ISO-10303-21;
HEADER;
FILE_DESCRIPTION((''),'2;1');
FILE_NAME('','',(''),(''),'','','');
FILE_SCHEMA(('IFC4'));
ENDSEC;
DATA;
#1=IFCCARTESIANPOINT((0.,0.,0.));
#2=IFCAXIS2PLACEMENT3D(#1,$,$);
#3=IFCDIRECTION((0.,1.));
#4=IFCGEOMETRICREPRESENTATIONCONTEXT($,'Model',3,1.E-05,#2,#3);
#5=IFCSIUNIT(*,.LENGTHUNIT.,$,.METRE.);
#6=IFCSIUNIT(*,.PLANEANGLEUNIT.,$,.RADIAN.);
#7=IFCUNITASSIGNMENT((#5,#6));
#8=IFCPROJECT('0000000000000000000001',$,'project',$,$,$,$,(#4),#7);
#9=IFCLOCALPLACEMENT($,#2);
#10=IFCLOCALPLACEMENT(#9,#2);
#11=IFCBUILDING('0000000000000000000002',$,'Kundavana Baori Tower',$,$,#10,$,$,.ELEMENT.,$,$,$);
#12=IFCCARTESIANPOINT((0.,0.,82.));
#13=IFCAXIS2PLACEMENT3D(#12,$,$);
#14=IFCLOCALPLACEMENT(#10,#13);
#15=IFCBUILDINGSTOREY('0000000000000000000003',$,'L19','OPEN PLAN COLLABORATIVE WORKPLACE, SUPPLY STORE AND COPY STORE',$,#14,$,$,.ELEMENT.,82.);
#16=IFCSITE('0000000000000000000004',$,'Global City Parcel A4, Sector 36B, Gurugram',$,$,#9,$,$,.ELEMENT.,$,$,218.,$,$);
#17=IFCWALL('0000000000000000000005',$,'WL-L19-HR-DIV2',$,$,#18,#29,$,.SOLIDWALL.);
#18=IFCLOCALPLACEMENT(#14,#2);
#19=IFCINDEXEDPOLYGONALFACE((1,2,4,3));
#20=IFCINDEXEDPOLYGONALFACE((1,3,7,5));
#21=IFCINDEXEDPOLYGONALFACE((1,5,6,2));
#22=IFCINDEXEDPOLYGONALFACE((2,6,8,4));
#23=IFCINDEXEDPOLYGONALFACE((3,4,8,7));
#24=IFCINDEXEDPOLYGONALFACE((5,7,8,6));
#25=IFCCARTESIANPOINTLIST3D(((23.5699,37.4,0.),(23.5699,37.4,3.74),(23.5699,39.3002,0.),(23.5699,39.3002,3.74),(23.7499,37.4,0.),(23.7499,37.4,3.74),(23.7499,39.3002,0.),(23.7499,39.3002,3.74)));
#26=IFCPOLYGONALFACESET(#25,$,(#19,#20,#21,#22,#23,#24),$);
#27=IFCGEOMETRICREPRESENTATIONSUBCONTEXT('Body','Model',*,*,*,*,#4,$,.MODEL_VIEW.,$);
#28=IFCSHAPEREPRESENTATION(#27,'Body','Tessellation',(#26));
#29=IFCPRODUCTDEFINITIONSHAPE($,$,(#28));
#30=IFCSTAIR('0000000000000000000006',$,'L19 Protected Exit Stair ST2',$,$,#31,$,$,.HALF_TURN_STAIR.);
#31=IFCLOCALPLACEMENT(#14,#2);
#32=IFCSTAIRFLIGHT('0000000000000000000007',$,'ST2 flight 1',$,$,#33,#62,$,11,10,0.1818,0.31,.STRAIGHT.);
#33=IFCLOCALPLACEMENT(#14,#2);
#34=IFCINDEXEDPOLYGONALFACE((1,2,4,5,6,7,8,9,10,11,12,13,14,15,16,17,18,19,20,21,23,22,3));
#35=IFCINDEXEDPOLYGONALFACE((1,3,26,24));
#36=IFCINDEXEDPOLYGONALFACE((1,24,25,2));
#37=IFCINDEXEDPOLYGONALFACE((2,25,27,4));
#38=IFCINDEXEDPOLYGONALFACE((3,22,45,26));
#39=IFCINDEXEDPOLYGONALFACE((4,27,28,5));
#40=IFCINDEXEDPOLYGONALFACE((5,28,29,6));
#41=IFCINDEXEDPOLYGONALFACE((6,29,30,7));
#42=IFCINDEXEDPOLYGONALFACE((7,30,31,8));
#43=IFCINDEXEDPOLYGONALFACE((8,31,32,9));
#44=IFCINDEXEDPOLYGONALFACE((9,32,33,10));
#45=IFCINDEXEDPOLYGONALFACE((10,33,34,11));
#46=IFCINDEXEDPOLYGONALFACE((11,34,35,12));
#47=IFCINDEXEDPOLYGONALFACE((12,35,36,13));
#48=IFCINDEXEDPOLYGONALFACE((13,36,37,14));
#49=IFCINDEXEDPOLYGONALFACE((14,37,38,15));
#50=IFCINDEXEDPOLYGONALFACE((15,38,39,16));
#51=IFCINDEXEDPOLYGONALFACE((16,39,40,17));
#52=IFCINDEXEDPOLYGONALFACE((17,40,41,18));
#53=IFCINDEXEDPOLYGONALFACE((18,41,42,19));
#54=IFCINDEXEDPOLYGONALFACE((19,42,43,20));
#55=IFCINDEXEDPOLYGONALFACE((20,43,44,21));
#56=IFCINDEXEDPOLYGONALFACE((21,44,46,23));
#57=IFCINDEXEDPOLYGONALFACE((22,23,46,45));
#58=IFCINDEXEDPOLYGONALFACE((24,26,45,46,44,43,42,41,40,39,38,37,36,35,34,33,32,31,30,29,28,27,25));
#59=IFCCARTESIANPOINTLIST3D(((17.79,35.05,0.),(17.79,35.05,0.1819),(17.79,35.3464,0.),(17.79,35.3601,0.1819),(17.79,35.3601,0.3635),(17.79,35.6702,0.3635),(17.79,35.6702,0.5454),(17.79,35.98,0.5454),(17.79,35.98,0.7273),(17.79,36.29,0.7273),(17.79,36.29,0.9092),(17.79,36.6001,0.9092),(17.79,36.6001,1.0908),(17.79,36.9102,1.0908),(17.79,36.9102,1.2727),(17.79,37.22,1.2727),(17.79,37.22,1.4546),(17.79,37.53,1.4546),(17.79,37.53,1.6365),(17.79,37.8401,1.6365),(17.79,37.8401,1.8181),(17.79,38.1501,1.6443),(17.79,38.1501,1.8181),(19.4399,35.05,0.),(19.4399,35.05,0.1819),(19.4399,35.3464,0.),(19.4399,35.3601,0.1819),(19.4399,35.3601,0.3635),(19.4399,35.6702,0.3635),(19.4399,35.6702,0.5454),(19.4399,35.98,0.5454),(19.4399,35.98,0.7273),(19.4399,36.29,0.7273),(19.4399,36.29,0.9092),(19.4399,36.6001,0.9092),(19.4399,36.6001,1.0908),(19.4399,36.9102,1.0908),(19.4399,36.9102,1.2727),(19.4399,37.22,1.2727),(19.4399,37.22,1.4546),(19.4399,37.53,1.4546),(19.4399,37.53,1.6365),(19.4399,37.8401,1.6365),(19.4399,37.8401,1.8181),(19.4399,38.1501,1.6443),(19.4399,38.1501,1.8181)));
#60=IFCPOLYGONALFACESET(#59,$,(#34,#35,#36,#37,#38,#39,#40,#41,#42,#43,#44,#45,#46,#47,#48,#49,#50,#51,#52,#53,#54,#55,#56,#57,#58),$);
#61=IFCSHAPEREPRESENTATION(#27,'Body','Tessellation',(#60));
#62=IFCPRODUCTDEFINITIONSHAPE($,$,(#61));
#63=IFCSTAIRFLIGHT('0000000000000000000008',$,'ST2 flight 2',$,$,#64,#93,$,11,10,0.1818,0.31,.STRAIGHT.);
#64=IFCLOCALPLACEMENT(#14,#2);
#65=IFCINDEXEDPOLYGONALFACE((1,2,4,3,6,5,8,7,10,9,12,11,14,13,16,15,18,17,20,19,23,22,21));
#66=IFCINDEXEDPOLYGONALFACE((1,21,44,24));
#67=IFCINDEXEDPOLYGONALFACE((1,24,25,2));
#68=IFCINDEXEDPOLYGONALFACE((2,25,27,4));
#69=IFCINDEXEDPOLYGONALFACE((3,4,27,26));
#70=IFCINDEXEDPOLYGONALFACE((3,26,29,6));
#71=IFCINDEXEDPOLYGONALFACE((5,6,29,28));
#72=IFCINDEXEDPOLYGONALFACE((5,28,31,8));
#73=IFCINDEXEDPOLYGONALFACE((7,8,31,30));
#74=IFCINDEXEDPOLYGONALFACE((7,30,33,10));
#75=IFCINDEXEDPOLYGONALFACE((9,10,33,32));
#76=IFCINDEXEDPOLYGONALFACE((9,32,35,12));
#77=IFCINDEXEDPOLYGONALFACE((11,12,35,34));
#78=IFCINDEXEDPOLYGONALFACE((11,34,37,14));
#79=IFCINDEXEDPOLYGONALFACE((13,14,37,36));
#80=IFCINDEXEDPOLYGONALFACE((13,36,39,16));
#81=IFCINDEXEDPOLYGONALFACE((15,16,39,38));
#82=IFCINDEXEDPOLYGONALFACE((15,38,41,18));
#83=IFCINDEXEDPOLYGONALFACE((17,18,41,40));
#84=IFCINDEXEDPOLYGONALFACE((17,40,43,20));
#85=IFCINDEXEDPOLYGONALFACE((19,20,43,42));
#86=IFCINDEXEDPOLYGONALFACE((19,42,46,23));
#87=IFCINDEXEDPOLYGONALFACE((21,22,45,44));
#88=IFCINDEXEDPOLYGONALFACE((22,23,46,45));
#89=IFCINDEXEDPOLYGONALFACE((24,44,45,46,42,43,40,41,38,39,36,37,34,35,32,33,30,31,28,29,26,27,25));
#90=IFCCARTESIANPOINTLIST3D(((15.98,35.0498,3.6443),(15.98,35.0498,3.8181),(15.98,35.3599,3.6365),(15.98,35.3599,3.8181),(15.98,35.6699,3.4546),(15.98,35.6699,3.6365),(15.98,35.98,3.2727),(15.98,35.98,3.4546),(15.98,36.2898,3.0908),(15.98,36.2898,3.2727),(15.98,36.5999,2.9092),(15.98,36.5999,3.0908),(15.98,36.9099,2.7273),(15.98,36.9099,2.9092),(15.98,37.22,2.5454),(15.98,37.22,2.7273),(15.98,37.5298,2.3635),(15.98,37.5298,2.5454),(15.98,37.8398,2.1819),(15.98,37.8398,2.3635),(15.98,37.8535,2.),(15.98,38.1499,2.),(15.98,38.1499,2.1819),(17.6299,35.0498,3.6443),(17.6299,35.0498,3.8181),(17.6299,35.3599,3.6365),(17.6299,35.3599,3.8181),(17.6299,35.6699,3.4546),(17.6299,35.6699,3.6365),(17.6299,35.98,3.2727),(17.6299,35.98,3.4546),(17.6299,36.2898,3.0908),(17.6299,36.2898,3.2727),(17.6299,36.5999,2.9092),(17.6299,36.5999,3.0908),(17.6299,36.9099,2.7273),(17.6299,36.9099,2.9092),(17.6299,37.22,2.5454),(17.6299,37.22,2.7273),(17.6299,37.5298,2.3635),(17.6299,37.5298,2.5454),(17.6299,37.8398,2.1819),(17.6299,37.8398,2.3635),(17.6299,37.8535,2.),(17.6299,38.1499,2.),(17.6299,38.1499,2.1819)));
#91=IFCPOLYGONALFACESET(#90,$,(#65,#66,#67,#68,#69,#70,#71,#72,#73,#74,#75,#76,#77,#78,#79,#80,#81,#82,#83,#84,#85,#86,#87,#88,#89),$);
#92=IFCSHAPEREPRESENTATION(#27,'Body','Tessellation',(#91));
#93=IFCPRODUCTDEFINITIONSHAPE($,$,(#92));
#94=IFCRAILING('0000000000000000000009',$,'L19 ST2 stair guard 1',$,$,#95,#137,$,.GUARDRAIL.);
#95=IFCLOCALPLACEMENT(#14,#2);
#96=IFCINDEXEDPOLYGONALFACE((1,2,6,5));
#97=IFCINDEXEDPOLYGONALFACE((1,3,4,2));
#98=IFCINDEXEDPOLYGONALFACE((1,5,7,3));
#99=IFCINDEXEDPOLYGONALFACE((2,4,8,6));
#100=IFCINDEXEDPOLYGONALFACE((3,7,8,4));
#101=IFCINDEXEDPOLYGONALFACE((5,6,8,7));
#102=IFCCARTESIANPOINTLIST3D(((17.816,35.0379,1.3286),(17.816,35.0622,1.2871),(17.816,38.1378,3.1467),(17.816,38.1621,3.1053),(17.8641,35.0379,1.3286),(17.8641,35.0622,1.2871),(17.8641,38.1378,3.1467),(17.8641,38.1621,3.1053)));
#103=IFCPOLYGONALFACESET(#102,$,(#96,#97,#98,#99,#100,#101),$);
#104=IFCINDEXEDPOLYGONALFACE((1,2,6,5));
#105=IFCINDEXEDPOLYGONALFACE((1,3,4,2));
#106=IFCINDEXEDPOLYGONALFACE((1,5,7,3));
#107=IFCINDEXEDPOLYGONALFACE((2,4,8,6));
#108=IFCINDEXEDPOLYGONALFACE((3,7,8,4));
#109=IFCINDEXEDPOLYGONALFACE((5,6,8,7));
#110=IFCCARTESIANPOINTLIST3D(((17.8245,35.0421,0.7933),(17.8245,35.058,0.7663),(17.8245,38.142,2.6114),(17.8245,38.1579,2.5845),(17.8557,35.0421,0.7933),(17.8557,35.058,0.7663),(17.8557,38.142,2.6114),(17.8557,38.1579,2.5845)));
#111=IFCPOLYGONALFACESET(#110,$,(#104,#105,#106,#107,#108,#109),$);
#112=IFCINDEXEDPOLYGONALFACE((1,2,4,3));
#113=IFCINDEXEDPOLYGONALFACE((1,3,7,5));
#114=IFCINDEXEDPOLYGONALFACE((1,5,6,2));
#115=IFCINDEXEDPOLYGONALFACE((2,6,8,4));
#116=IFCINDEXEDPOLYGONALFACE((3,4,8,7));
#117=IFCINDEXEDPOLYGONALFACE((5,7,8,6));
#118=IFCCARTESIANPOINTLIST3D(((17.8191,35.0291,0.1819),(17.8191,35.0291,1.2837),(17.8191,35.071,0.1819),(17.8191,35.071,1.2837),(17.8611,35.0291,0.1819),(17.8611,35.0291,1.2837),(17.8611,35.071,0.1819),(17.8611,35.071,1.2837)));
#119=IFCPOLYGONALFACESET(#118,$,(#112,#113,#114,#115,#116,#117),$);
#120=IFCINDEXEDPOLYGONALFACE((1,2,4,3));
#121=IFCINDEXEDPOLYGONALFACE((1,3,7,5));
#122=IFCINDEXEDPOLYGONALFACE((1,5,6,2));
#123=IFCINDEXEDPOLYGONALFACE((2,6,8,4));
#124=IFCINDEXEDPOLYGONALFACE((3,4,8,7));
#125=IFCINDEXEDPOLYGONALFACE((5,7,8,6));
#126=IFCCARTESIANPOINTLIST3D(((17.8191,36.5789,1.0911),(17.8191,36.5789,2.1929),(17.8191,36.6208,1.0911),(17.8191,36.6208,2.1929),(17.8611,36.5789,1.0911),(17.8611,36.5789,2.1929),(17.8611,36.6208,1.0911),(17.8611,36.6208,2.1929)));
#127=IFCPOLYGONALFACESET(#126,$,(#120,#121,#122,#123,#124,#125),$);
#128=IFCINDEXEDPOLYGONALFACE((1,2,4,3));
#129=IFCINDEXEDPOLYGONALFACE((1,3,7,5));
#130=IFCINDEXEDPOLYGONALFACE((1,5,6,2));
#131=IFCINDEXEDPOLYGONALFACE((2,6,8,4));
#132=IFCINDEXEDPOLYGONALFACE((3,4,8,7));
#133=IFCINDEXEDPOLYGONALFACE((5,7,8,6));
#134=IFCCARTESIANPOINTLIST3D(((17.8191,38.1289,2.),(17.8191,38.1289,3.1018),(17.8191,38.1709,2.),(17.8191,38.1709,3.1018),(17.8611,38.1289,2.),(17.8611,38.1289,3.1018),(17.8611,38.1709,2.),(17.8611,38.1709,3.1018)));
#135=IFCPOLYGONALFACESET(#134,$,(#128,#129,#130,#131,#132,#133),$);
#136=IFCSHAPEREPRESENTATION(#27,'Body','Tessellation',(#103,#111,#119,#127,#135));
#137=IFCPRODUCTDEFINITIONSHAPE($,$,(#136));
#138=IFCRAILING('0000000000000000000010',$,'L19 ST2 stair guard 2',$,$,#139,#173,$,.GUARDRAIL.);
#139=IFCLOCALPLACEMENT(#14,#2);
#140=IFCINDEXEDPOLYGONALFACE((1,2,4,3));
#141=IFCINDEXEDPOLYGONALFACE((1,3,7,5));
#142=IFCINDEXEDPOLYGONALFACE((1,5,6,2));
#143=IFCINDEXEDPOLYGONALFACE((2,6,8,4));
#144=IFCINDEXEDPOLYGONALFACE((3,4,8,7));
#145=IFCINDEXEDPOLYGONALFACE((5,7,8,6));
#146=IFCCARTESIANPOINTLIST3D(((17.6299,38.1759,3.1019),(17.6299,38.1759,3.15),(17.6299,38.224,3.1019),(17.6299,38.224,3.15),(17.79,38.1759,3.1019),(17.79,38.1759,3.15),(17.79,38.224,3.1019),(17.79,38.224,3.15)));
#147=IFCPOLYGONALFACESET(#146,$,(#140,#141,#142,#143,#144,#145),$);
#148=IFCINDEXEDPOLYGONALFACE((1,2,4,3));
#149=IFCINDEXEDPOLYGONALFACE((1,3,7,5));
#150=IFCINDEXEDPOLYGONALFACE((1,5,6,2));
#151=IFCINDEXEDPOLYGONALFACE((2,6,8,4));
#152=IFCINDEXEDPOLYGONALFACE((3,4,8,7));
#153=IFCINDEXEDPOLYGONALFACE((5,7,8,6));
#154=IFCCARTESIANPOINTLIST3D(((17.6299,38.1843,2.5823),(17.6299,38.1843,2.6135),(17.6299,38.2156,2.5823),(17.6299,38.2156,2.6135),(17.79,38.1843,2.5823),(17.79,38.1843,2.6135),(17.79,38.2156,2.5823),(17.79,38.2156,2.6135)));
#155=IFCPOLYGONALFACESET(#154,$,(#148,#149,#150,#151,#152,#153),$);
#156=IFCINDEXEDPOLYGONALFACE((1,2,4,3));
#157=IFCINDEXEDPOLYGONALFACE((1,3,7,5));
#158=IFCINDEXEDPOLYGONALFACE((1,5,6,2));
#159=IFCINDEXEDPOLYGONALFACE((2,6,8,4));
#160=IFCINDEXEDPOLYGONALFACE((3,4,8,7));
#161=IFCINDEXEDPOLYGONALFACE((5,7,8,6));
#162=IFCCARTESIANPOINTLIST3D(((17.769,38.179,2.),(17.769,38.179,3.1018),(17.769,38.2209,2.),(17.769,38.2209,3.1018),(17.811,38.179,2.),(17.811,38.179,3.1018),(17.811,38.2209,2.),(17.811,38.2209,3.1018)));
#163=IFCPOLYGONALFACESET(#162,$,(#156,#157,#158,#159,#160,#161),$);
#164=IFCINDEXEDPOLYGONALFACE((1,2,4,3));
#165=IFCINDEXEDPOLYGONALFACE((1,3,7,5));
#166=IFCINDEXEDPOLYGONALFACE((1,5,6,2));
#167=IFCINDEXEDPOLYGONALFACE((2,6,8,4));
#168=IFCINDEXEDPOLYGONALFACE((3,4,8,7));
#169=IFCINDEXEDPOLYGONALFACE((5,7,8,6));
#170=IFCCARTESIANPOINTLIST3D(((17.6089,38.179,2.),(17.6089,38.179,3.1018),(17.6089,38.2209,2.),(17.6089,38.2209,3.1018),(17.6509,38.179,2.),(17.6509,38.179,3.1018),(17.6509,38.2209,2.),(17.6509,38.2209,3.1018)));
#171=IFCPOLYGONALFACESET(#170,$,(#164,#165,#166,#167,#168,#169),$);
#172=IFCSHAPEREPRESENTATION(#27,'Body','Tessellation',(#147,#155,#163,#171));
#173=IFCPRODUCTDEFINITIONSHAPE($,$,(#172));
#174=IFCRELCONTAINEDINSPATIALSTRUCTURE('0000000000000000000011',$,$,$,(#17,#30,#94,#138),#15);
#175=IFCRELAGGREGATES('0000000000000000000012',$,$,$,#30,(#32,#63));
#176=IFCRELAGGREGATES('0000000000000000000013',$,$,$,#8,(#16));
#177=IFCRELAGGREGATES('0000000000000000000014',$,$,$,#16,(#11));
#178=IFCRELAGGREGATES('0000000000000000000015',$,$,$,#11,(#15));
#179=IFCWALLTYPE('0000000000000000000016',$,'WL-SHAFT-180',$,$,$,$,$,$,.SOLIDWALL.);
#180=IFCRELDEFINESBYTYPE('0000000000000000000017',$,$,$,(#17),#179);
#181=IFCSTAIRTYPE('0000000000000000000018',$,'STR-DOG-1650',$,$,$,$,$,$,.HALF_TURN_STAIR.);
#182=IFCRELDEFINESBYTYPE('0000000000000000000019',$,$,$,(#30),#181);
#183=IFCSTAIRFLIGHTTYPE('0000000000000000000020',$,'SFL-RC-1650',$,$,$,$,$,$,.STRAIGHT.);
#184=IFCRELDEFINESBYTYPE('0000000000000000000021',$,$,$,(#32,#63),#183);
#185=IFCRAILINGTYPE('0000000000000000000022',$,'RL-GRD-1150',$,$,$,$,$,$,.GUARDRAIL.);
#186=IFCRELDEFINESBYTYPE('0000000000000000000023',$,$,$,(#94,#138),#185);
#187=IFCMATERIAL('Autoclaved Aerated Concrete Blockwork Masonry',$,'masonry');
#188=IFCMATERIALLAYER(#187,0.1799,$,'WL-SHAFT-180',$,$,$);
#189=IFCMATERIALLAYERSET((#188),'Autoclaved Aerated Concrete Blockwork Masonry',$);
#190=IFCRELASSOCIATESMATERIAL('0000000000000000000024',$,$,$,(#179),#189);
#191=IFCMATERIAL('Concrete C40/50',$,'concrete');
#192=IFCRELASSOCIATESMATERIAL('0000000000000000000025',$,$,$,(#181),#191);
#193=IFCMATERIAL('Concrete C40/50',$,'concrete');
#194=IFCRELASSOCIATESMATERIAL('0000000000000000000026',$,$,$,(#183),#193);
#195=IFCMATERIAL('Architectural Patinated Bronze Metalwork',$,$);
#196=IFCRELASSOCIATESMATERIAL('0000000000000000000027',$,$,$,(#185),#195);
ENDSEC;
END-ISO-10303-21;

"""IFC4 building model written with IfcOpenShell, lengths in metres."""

from ifc_helpers import new_model, si_unit, direction, frame, frame_2d, origin, origin_2d, place, context, subcontext, project, spatial, polyline, rectangle, outline, extrude, material, layer, layer_set, type_object, element, aggregate, save


model = new_model("IFC4")

# Units and contexts
model_context = context("Model", 3, precision=1e-05, world=origin(), true_north=direction((0.0, 1.0)))
body_context = subcontext(model_context, "Body", "Model", "MODEL_VIEW")
ifc_project = project(units=[si_unit("LENGTHUNIT", "METRE"), si_unit("PLANEANGLEUNIT", "RADIAN")], contexts=[model_context])

# Site, building, storey
site_placement = place(None, origin())
site = spatial("IfcSite", under=ifc_project, at=site_placement, Name="Global City Parcel A4, Sector 36B, Gurugram", CompositionType="ELEMENT", RefElevation=218.0)
building_placement = place(site_placement, origin())
building = spatial("IfcBuilding", under=site, at=building_placement, Name="Kundavana Baori Tower", CompositionType="ELEMENT")
storey_placement = place(building_placement, frame((0.0, 0.0, 82.0)))
storey = spatial("IfcBuildingStorey", under=building, at=storey_placement, Name="L19", Description="OPEN PLAN COLLABORATIVE WORKPLACE, SUPPLY STORE AND COPY STORE", CompositionType="ELEMENT", Elevation=82.0)

# Shared definitions
ifc_material_1 = material(Name="Autoclaved Aerated Concrete Blockwork Masonry", Category="masonry")
ifc_layer_1 = layer(ifc_material_1, 0.1799, Name="WL-SHAFT-180")
ifc_layer_set_1 = layer_set([ifc_layer_1], Name="Autoclaved Aerated Concrete Blockwork Masonry")
wall_type_1 = type_object("IfcWallType", Name="WL-SHAFT-180", PredefinedType="SOLIDWALL", material=ifc_layer_set_1)

# Wall
wall_1_placement = place(storey_placement, frame((23.6599, 37.3999, 0.0), z_axis=(0.0, 0.0, 1.0), x_axis=(0.0, 1.0, 0.0)))
element("IfcWall", 1, at=wall_1_placement, inside=storey, type_object=wall_type_1, Name="WL-L19-HR-DIV2", PredefinedType="SOLIDWALL", context=body_context, shape_type="SweptSolid", body=[
    extrude(rectangle(XDim=1.9001, YDim=0.1799, at=frame_2d((0.9502, 0.0))), origin(), (0.0, 0.0, 1.0), 3.74),
])

# Stair, stair flights
ifc_material_2 = material(Name="Concrete C40/50", Category="concrete")
stair_type = type_object("IfcStairType", Name="STR-DOG-1650", PredefinedType="HALF_TURN_STAIR", material=ifc_material_2)
stair_placement = place(storey_placement, origin())
stair = element("IfcStair", 2, at=stair_placement, inside=storey, type_object=stair_type, Name="L19 Protected Exit Stair ST2", PredefinedType="HALF_TURN_STAIR")
ifc_material_3 = material(Name="Concrete C40/50", Category="concrete")
stair_flight_type = type_object("IfcStairFlightType", Name="SFL-RC-1650", PredefinedType="STRAIGHT", material=ifc_material_3)
stair_flight_1_placement = place(storey_placement, frame((18.615, 35.05, 0.0), z_axis=(0.0, 0.0, 1.0), x_axis=(0.0, 1.0, 0.0)))
stair_flight_1 = element("IfcStairFlight", 3, at=stair_flight_1_placement, type_object=stair_flight_type, Name="ST2 flight 1", NumberOfRisers=11, NumberOfTreads=10, PredefinedType="STRAIGHT", RiserHeight=0.1818, TreadLength=0.31, context=body_context, shape_type="SweptSolid", body=[
    extrude(outline(polyline([(0.0, 0.0), (0.0, 0.1819), (0.3101, 0.1819), (0.3101, 0.3635), (0.6201, 0.3635), (0.6201, 0.5454), (0.9299, 0.5454), (0.9299, 0.7273), (1.24, 0.7273), (1.24, 0.9092), (1.55, 0.9092), (1.55, 1.0908), (1.8601, 1.0908), (1.8601, 1.2727), (2.1699, 1.2727), (2.1699, 1.4546), (2.48, 1.4546), (2.48, 1.6365), (2.79, 1.6365), (2.79, 1.8181), (3.1001, 1.8181), (3.1001, 2.0), (3.1001, 1.6443), (0.2964, 0.0), (0.0, 0.0)])), frame((0.0, 0.825, 0.0), z_axis=(0.0, -1.0, 0.0), x_axis=(1.0, 0.0, 0.0)), (0.0, 0.0, 1.0), 1.6499),
])
stair_flight_2_placement = place(storey_placement, frame((16.8049, 38.1499, 2.0), z_axis=(0.0, 0.0, 1.0), x_axis=(0.0, -1.0, 0.0)))
stair_flight_2 = element("IfcStairFlight", 4, at=stair_flight_2_placement, type_object=stair_flight_type, Name="ST2 flight 2", NumberOfRisers=11, NumberOfTreads=10, PredefinedType="STRAIGHT", RiserHeight=0.1818, TreadLength=0.31, context=body_context, shape_type="SweptSolid", body=[
    extrude(outline(polyline([(0.0, 0.0), (0.0, 0.1819), (0.3101, 0.1819), (0.3101, 0.3635), (0.6201, 0.3635), (0.6201, 0.5454), (0.9299, 0.5454), (0.9299, 0.7273), (1.24, 0.7273), (1.24, 0.9092), (1.55, 0.9092), (1.55, 1.0908), (1.8601, 1.0908), (1.8601, 1.2727), (2.1699, 1.2727), (2.1699, 1.4546), (2.48, 1.4546), (2.48, 1.6365), (2.79, 1.6365), (2.79, 1.8181), (3.1001, 1.8181), (3.1001, 2.0), (3.1001, 1.6443), (0.2964, 0.0), (0.0, 0.0)])), frame((0.0, 0.825, 0.0), z_axis=(0.0, -1.0, 0.0), x_axis=(1.0, 0.0, 0.0)), (0.0, 0.0, 1.0), 1.6499),
])
aggregate(stair, [stair_flight_1, stair_flight_2])

# Railings
ifc_material_4 = material(Name="Architectural Patinated Bronze Metalwork")
railing_type_1 = type_object("IfcRailingType", Name="RL-GRD-1150", PredefinedType="GUARDRAIL", material=ifc_material_4)
railing_1_placement = place(storey_placement, frame((17.8401, 35.05, 0.1819)))
element("IfcRailing", 5, at=railing_1_placement, inside=storey, type_object=railing_type_1, Name="L19 ST2 stair guard 1", PredefinedType="GUARDRAIL", context=body_context, shape_type="SweptSolid", body=[
    extrude(rectangle(XDim=0.0481, YDim=0.0481, at=origin_2d()), frame((0.0, 0.0, 1.126), z_axis=(0.0, 0.862581, 0.505918), x_axis=(-1.0, 0.0, 0.0)), (0.0, 0.0, 1.0), 3.5938),
    extrude(rectangle(XDim=0.0312, YDim=0.0312, at=origin_2d()), frame((0.0, 0.0, 0.5979), z_axis=(0.0, 0.862581, 0.505918), x_axis=(-1.0, 0.0, 0.0)), (0.0, 0.0, 1.0), 3.5938),
    extrude(rectangle(XDim=0.042, YDim=0.042, at=origin_2d()), origin(), (0.0, 0.0, 1.0), 1.1018),
    extrude(rectangle(XDim=0.042, YDim=0.042, at=origin_2d()), frame((0.0, 1.5498, 0.9092)), (0.0, 0.0, 1.0), 1.1018),
    extrude(rectangle(XDim=0.042, YDim=0.042, at=origin_2d()), frame((0.0, 3.0999, 1.8181)), (0.0, 0.0, 1.0), 1.1018),
])
railing_2_placement = place(storey_placement, frame((17.79, 38.2, 2.0)))
element("IfcRailing", 6, at=railing_2_placement, inside=storey, type_object=railing_type_1, Name="L19 ST2 stair guard 2", PredefinedType="GUARDRAIL", context=body_context, shape_type="SweptSolid", body=[
    extrude(rectangle(XDim=0.0481, YDim=0.0481, at=origin_2d()), frame((0.0, 0.0, 1.126), z_axis=(-1.0, 0.0, 0.0), x_axis=(0.0, -1.0, 0.0)), (0.0, 0.0, 1.0), 0.1602),
    extrude(rectangle(XDim=0.0312, YDim=0.0312, at=origin_2d()), frame((0.0, 0.0, 0.5979), z_axis=(-1.0, 0.0, 0.0), x_axis=(0.0, -1.0, 0.0)), (0.0, 0.0, 1.0), 0.1602),
    extrude(rectangle(XDim=0.042, YDim=0.042, at=origin_2d()), origin(), (0.0, 0.0, 1.0), 1.1018),
    extrude(rectangle(XDim=0.042, YDim=0.042, at=origin_2d()), frame((-0.1602, 0.0, 0.0)), (0.0, 0.0, 1.0), 1.1018),
])

save(model, "model.ifc")
